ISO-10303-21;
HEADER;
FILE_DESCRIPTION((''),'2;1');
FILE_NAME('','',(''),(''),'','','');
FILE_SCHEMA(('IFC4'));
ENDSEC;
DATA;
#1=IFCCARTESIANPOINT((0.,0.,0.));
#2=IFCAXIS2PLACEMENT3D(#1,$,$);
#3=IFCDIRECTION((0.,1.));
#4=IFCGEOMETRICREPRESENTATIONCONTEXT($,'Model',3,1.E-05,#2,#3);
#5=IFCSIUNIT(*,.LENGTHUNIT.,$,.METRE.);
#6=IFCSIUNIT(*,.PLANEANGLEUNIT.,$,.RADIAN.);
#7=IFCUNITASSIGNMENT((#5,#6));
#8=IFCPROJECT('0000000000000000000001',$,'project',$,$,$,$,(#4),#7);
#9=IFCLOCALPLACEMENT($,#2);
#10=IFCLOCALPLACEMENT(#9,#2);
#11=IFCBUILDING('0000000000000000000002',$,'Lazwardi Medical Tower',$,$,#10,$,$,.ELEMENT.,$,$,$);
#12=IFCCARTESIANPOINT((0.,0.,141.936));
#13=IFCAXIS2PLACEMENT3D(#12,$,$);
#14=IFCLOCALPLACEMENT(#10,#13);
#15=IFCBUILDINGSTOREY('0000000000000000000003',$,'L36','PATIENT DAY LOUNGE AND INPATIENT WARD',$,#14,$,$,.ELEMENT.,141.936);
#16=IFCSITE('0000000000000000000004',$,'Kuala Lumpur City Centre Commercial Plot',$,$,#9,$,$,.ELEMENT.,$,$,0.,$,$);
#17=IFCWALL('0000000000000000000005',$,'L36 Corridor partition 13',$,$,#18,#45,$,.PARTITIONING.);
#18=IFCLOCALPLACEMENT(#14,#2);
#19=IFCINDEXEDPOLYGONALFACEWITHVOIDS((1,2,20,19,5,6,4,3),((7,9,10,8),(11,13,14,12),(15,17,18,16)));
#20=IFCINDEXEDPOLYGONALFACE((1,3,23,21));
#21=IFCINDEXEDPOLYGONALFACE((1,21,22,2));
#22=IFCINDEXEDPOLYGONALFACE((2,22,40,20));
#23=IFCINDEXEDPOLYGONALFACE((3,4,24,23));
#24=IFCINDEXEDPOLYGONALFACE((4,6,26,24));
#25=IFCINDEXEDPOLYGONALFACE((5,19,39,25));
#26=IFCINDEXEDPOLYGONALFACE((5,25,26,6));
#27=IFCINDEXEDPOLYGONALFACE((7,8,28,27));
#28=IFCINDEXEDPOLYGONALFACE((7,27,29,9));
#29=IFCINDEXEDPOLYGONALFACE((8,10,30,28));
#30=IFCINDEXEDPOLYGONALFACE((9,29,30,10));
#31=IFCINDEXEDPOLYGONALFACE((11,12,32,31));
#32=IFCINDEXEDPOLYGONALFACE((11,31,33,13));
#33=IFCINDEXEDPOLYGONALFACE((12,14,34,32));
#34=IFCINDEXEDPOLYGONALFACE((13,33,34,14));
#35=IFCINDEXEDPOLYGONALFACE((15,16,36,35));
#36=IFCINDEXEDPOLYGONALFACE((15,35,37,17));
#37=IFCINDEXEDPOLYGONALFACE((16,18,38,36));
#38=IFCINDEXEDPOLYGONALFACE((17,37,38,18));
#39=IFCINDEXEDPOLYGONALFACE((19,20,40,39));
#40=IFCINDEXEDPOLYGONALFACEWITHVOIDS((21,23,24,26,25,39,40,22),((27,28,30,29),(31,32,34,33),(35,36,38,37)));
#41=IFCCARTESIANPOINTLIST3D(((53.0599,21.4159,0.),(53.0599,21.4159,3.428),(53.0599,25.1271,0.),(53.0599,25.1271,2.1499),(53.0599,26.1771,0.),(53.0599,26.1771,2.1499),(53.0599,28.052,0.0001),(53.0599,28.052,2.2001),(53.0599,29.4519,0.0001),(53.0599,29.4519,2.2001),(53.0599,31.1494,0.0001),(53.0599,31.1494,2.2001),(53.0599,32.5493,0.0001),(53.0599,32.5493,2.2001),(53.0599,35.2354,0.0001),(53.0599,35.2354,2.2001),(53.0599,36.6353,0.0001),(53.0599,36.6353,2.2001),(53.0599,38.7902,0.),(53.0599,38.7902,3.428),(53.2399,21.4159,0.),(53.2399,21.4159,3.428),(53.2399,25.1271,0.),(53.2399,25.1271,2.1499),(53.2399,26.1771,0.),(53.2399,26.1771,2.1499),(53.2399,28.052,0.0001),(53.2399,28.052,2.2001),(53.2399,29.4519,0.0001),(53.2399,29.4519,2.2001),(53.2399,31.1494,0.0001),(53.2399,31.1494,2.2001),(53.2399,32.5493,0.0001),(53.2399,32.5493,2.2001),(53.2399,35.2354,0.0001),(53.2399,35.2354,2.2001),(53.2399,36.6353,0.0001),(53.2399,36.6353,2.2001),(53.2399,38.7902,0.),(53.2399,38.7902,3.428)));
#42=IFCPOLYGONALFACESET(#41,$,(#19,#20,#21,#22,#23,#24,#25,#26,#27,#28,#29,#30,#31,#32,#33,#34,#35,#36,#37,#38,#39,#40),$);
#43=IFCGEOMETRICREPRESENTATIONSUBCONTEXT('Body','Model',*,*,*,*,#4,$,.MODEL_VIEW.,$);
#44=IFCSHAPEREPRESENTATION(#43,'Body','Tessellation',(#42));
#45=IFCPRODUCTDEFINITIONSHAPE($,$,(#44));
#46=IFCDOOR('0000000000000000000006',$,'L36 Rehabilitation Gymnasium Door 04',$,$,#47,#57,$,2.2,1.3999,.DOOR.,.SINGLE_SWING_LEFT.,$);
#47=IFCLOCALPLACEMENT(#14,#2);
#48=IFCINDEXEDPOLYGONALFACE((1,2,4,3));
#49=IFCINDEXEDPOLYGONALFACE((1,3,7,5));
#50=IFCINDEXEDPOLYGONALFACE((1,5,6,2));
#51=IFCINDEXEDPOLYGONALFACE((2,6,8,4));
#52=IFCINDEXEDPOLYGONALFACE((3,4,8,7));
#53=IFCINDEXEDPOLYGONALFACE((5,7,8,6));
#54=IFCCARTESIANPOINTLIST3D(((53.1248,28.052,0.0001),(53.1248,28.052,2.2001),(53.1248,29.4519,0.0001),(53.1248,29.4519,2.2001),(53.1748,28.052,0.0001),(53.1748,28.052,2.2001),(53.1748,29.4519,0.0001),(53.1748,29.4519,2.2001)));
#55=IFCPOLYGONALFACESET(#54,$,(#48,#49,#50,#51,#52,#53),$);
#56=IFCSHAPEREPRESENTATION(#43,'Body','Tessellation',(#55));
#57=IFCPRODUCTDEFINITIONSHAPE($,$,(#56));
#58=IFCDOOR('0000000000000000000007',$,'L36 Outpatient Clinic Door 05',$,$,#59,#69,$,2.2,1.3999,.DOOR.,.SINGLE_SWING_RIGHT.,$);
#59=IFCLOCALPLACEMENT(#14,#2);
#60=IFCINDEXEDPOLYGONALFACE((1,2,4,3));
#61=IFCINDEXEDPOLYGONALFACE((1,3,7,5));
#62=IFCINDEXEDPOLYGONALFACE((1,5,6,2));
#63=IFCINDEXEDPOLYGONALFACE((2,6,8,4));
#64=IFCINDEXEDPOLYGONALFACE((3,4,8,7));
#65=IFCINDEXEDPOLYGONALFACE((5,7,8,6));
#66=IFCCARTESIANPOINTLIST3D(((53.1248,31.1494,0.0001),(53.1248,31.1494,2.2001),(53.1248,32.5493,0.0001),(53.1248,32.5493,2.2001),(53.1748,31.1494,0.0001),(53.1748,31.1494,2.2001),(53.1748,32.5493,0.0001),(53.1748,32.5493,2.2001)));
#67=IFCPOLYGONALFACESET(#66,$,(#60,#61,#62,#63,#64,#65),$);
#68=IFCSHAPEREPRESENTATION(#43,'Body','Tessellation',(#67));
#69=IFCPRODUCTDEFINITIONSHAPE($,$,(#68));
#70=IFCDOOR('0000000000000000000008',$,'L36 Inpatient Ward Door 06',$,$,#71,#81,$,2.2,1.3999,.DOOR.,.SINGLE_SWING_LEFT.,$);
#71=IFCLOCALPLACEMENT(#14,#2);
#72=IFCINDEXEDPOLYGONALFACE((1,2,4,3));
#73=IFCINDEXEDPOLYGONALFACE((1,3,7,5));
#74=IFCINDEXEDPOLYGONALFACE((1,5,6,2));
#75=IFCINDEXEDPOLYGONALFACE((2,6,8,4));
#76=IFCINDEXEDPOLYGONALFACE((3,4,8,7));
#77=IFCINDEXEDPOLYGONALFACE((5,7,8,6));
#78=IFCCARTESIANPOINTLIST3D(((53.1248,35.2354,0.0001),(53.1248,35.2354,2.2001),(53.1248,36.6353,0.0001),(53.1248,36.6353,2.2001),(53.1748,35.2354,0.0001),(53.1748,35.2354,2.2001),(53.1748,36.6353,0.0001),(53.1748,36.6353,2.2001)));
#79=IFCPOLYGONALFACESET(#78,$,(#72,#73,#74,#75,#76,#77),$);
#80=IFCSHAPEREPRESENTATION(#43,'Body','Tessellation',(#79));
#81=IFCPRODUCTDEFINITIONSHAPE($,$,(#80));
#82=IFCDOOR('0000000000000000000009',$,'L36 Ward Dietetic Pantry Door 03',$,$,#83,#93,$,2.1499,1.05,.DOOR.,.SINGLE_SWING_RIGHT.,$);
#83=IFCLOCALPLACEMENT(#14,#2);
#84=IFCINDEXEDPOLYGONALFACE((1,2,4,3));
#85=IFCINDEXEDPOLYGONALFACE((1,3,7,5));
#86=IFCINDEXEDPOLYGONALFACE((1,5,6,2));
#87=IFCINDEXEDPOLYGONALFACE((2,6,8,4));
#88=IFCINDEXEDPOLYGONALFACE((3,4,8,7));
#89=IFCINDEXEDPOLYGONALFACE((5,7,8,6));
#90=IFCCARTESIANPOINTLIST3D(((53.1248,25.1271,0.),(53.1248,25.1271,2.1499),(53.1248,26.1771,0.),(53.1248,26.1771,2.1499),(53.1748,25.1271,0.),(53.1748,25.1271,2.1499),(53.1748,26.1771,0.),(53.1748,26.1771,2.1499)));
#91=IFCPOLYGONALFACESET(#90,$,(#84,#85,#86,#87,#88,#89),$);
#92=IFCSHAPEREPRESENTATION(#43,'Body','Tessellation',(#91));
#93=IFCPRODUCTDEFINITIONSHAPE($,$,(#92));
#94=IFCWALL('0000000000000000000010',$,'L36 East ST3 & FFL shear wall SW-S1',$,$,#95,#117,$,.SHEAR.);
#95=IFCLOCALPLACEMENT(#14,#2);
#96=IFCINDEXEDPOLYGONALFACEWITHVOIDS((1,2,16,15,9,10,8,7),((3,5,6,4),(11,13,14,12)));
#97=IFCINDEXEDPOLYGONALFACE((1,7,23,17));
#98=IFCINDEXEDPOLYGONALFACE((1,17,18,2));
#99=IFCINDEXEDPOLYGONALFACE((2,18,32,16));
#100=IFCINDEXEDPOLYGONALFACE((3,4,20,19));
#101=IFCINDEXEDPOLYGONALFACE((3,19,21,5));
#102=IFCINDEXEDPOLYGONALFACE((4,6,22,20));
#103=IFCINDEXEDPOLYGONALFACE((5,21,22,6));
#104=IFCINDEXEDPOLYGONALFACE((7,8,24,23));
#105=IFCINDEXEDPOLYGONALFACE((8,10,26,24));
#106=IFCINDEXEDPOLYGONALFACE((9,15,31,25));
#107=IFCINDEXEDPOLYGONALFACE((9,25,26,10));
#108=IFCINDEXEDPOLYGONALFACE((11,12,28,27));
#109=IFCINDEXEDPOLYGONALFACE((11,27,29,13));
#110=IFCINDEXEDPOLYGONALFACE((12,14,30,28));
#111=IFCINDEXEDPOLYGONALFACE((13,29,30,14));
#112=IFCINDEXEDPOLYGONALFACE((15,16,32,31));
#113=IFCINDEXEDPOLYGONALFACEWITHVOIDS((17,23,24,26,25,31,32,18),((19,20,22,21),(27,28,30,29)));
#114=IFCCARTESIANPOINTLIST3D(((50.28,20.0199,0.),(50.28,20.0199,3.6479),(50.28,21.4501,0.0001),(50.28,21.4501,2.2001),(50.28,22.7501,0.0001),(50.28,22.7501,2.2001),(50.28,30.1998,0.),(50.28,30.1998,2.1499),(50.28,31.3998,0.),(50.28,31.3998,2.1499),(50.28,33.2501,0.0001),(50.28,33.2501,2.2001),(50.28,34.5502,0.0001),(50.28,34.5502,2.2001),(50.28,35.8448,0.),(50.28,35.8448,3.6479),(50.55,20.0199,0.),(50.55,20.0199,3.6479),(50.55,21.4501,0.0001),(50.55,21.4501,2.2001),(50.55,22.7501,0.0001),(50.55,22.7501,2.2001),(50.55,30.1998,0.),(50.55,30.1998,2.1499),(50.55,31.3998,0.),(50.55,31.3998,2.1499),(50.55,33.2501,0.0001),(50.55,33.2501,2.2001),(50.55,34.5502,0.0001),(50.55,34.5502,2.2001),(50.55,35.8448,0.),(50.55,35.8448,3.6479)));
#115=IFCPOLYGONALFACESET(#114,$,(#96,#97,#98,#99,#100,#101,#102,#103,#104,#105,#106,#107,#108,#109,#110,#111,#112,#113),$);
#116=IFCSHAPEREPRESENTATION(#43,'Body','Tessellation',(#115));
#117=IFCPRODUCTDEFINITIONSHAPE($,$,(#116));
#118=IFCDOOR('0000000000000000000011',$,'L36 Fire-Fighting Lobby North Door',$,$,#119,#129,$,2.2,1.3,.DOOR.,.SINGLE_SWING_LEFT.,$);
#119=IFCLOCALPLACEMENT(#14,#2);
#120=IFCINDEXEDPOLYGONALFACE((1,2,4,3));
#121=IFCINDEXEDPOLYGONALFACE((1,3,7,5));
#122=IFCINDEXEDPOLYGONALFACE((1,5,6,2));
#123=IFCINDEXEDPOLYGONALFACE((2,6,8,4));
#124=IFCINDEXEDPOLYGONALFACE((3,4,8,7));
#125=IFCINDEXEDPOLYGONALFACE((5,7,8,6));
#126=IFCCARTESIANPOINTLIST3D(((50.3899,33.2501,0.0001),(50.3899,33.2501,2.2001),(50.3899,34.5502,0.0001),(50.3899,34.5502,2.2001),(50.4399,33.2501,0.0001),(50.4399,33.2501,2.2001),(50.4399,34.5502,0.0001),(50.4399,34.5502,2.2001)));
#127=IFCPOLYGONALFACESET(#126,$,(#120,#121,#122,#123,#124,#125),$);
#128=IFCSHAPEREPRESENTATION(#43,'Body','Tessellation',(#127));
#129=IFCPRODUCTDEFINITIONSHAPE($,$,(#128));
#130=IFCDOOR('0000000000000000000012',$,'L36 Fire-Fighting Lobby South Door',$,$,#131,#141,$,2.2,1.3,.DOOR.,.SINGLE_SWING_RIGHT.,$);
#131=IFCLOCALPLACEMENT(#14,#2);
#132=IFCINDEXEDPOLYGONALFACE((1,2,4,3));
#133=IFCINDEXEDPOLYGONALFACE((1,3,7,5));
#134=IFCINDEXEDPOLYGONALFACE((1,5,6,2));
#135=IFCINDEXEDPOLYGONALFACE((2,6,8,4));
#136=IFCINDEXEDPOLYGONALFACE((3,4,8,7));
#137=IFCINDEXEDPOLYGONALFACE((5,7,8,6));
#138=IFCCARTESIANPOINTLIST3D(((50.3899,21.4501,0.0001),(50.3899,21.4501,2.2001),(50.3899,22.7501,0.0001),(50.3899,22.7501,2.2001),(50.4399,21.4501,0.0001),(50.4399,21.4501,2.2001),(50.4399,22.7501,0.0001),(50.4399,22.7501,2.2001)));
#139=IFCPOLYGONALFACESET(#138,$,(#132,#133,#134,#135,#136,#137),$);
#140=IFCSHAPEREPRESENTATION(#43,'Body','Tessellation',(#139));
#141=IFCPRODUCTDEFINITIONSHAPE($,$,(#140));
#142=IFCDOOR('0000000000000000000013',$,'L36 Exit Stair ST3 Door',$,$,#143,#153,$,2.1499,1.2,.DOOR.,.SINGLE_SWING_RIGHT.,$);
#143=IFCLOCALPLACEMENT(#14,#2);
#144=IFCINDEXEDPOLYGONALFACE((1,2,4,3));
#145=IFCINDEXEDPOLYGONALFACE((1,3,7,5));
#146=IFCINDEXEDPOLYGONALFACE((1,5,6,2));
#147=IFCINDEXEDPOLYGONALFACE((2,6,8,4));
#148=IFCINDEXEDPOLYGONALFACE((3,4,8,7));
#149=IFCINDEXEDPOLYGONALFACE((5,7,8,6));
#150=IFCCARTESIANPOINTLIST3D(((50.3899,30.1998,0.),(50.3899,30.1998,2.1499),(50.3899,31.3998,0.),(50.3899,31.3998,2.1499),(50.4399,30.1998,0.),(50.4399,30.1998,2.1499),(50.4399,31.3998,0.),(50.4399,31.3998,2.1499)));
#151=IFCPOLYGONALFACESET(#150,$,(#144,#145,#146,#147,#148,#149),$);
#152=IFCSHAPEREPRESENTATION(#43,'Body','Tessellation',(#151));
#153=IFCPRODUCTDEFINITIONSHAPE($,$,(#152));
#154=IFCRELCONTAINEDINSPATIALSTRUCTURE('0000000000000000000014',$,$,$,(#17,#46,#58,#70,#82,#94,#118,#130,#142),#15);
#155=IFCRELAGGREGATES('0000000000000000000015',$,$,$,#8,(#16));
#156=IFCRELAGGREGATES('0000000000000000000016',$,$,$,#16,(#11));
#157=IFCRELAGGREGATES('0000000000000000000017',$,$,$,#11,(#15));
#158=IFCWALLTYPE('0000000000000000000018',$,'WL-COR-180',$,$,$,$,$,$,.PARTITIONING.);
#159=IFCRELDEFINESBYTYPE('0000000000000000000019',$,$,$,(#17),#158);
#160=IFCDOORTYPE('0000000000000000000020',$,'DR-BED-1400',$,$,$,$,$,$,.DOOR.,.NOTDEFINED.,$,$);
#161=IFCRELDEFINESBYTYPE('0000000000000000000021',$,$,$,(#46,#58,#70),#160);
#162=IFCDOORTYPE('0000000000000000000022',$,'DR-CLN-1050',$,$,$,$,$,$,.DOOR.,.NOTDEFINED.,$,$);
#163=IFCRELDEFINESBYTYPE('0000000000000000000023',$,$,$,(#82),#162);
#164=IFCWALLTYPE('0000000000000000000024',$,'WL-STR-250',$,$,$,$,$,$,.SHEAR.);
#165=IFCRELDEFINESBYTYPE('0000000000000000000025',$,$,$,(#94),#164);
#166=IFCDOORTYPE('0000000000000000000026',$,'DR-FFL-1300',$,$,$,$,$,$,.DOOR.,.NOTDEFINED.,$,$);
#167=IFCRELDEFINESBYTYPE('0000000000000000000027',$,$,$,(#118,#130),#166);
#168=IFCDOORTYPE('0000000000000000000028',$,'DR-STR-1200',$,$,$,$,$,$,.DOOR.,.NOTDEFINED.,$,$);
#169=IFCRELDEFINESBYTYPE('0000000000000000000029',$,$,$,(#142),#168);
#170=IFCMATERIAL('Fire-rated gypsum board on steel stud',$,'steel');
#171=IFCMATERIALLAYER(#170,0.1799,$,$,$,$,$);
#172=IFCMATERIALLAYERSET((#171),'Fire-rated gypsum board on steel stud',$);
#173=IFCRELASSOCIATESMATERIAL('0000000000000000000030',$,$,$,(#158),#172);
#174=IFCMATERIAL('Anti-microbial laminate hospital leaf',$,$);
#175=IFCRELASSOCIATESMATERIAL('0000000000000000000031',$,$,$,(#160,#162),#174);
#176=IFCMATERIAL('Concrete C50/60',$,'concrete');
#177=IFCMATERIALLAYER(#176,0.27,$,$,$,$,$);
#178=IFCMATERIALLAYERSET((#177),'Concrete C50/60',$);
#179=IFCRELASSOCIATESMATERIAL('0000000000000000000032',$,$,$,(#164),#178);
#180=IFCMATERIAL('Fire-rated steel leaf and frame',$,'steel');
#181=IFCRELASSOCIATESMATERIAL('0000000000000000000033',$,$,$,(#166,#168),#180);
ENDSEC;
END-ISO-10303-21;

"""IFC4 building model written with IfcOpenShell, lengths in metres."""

from ifc_helpers import new_model, si_unit, direction, frame, frame_2d, origin, place, context, subcontext, project, spatial, rectangle, extrude, material, layer, layer_set, type_object, element, fill, save


model = new_model("IFC4")

# Units and contexts
model_context = context("Model", 3, precision=1e-05, world=origin(), true_north=direction((0.0, 1.0)))
body_context = subcontext(model_context, "Body", "Model", "MODEL_VIEW")
ifc_project = project(units=[si_unit("LENGTHUNIT", "METRE"), si_unit("PLANEANGLEUNIT", "RADIAN")], contexts=[model_context])

# Site, building, storey
site_placement = place(None, origin())
site = spatial("IfcSite", under=ifc_project, at=site_placement, Name="Kuala Lumpur City Centre Commercial Plot", CompositionType="ELEMENT", RefElevation=0.0)
building_placement = place(site_placement, origin())
building = spatial("IfcBuilding", under=site, at=building_placement, Name="Lazwardi Medical Tower", CompositionType="ELEMENT")
storey_placement = place(building_placement, frame((0.0, 0.0, 141.936)))
storey = spatial("IfcBuildingStorey", under=building, at=storey_placement, Name="L36", Description="PATIENT DAY LOUNGE AND INPATIENT WARD", CompositionType="ELEMENT", Elevation=141.936)

# Walls, openings, doors
ifc_material_1 = material(Name="Fire-rated gypsum board on steel stud", Category="steel")
ifc_layer_1 = layer(ifc_material_1, 0.1799)
ifc_layer_set_1 = layer_set([ifc_layer_1], Name="Fire-rated gypsum board on steel stud")
wall_type_1 = type_object("IfcWallType", Name="WL-COR-180", PredefinedType="PARTITIONING", material=ifc_layer_set_1)
wall_1_placement = place(storey_placement, frame((53.1499, 38.79, 0.0), z_axis=(0.0, 0.0, 1.0), x_axis=(0.0, -1.0, 0.0)))
wall_1 = element("IfcWall", 1, at=wall_1_placement, inside=storey, type_object=wall_type_1, Name="L36 Corridor partition 13", PredefinedType="PARTITIONING", context=body_context, shape_type="SweptSolid", body=[
    extrude(rectangle(XDim=17.3743, YDim=0.1799, at=frame_2d((8.687, 0.0))), origin(), (0.0, 0.0, 1.0), 3.428),
])
opening_1_placement = place(wall_1_placement, frame((12.613, 0.0, 0.0)))
opening_1 = element("IfcOpeningElement", 2, at=opening_1_placement, cuts=wall_1, PredefinedType="OPENING", context=body_context, shape_type="SweptSolid", body=[
    extrude(rectangle(XDim=1.05, YDim=2.1499, at=frame_2d((0.5249, 1.075))), frame((0.0, 0.0999, 0.0), z_axis=(0.0, -1.0, 0.0), x_axis=(1.0, 0.0, 0.0)), (0.0, 0.0, 1.0), 0.2),
])
opening_2_placement = place(wall_1_placement, frame((9.3381, 0.0, 0.0)))
opening_2 = element("IfcOpeningElement", 3, at=opening_2_placement, cuts=wall_1, PredefinedType="OPENING", context=body_context, shape_type="SweptSolid", body=[
    extrude(rectangle(XDim=1.3999, YDim=2.2, at=frame_2d((0.7, 1.1001))), frame((0.0, 0.0999, 0.0), z_axis=(0.0, -1.0, 0.0), x_axis=(1.0, 0.0, 0.0)), (0.0, 0.0, 1.0), 0.2),
])
opening_3_placement = place(wall_1_placement, frame((6.2407, 0.0, 0.0)))
opening_3 = element("IfcOpeningElement", 4, at=opening_3_placement, cuts=wall_1, PredefinedType="OPENING", context=body_context, shape_type="SweptSolid", body=[
    extrude(rectangle(XDim=1.3999, YDim=2.2, at=frame_2d((0.7, 1.1001))), frame((0.0, 0.0999, 0.0), z_axis=(0.0, -1.0, 0.0), x_axis=(1.0, 0.0, 0.0)), (0.0, 0.0, 1.0), 0.2),
])
opening_4_placement = place(wall_1_placement, frame((2.1548, 0.0, 0.0)))
opening_4 = element("IfcOpeningElement", 5, at=opening_4_placement, cuts=wall_1, PredefinedType="OPENING", context=body_context, shape_type="SweptSolid", body=[
    extrude(rectangle(XDim=1.3999, YDim=2.2, at=frame_2d((0.7, 1.1001))), frame((0.0, 0.0999, 0.0), z_axis=(0.0, -1.0, 0.0), x_axis=(1.0, 0.0, 0.0)), (0.0, 0.0, 1.0), 0.2),
])
ifc_material_2 = material(Name="Anti-microbial laminate hospital leaf")
door_type_1 = type_object("IfcDoorType", Name="DR-BED-1400", OperationType="NOTDEFINED", PredefinedType="DOOR", material=ifc_material_2)
door_1_placement = place(opening_2_placement, origin())
door_1 = element("IfcDoor", 6, at=door_1_placement, inside=storey, type_object=door_type_1, Name="L36 Rehabilitation Gymnasium Door 04", OperationType="SINGLE_SWING_LEFT", OverallHeight=2.2, OverallWidth=1.3999, PredefinedType="DOOR", context=body_context, shape_type="SweptSolid", body=[
    extrude(rectangle(XDim=1.3999, YDim=2.2, at=frame_2d((0.7, 1.1001))), frame((0.0, 0.0249, 0.0), z_axis=(0.0, -1.0, 0.0), x_axis=(1.0, 0.0, 0.0)), (0.0, 0.0, 1.0), 0.05),
])
fill(opening_2, door_1)
door_2_placement = place(opening_3_placement, origin())
door_2 = element("IfcDoor", 7, at=door_2_placement, inside=storey, type_object=door_type_1, Name="L36 Outpatient Clinic Door 05", OperationType="SINGLE_SWING_RIGHT", OverallHeight=2.2, OverallWidth=1.3999, PredefinedType="DOOR", context=body_context, shape_type="SweptSolid", body=[
    extrude(rectangle(XDim=1.3999, YDim=2.2, at=frame_2d((0.7, 1.1001))), frame((0.0, 0.0249, 0.0), z_axis=(0.0, -1.0, 0.0), x_axis=(1.0, 0.0, 0.0)), (0.0, 0.0, 1.0), 0.05),
])
fill(opening_3, door_2)
door_3_placement = place(opening_4_placement, origin())
door_3 = element("IfcDoor", 8, at=door_3_placement, inside=storey, type_object=door_type_1, Name="L36 Inpatient Ward Door 06", OperationType="SINGLE_SWING_LEFT", OverallHeight=2.2, OverallWidth=1.3999, PredefinedType="DOOR", context=body_context, shape_type="SweptSolid", body=[
    extrude(rectangle(XDim=1.3999, YDim=2.2, at=frame_2d((0.7, 1.1001))), frame((0.0, 0.0249, 0.0), z_axis=(0.0, -1.0, 0.0), x_axis=(1.0, 0.0, 0.0)), (0.0, 0.0, 1.0), 0.05),
])
fill(opening_4, door_3)
door_type_2 = type_object("IfcDoorType", Name="DR-CLN-1050", OperationType="NOTDEFINED", PredefinedType="DOOR", material=ifc_material_2)
door_4_placement = place(opening_1_placement, origin())
door_4 = element("IfcDoor", 9, at=door_4_placement, inside=storey, type_object=door_type_2, Name="L36 Ward Dietetic Pantry Door 03", OperationType="SINGLE_SWING_RIGHT", OverallHeight=2.1499, OverallWidth=1.05, PredefinedType="DOOR", context=body_context, shape_type="SweptSolid", body=[
    extrude(rectangle(XDim=1.05, YDim=2.1499, at=frame_2d((0.5249, 1.075))), frame((0.0, 0.0249, 0.0), z_axis=(0.0, -1.0, 0.0), x_axis=(1.0, 0.0, 0.0)), (0.0, 0.0, 1.0), 0.05),
])
fill(opening_1, door_4)
ifc_material_3 = material(Name="Concrete C50/60", Category="concrete")
ifc_layer_2 = layer(ifc_material_3, 0.27)
ifc_layer_set_2 = layer_set([ifc_layer_2], Name="Concrete C50/60")
wall_type_2 = type_object("IfcWallType", Name="WL-STR-250", PredefinedType="SHEAR", material=ifc_layer_set_2)
wall_2_placement = place(storey_placement, frame((50.415, 35.845, 0.0), z_axis=(0.0, 0.0, 1.0), x_axis=(0.0, -1.0, 0.0)))
wall_2 = element("IfcWall", 10, at=wall_2_placement, inside=storey, type_object=wall_type_2, Name="L36 East ST3 & FFL shear wall SW-S1", PredefinedType="SHEAR", context=body_context, shape_type="SweptSolid", body=[
    extrude(rectangle(XDim=15.825, YDim=0.27, at=frame_2d((7.9126, 0.0))), origin(), (0.0, 0.0, 1.0), 3.6479),
])
opening_5_placement = place(wall_2_placement, frame((4.4451, 0.0, 0.0)))
opening_5 = element("IfcOpeningElement", 11, at=opening_5_placement, cuts=wall_2, PredefinedType="OPENING", context=body_context, shape_type="SweptSolid", body=[
    extrude(rectangle(XDim=1.2, YDim=2.1499, at=frame_2d((0.6001, 1.075))), frame((0.0, 0.145, 0.0), z_axis=(0.0, -1.0, 0.0), x_axis=(1.0, 0.0, 0.0)), (0.0, 0.0, 1.0), 0.29),
])
opening_6_placement = place(wall_2_placement, frame((1.2949, 0.0, 0.0)))
opening_6 = element("IfcOpeningElement", 12, at=opening_6_placement, cuts=wall_2, PredefinedType="OPENING", context=body_context, shape_type="SweptSolid", body=[
    extrude(rectangle(XDim=1.3, YDim=2.2, at=frame_2d((0.6499, 1.1001))), frame((0.0, 0.145, 0.0), z_axis=(0.0, -1.0, 0.0), x_axis=(1.0, 0.0, 0.0)), (0.0, 0.0, 1.0), 0.29),
])
opening_7_placement = place(wall_2_placement, frame((13.095, 0.0, 0.0)))
opening_7 = element("IfcOpeningElement", 13, at=opening_7_placement, cuts=wall_2, PredefinedType="OPENING", context=body_context, shape_type="SweptSolid", body=[
    extrude(rectangle(XDim=1.3, YDim=2.2, at=frame_2d((0.6499, 1.1001))), frame((0.0, 0.145, 0.0), z_axis=(0.0, -1.0, 0.0), x_axis=(1.0, 0.0, 0.0)), (0.0, 0.0, 1.0), 0.29),
])
ifc_material_4 = material(Name="Fire-rated steel leaf and frame", Category="steel")
door_type_3 = type_object("IfcDoorType", Name="DR-FFL-1300", OperationType="NOTDEFINED", PredefinedType="DOOR", material=ifc_material_4)
door_5_placement = place(opening_6_placement, origin())
door_5 = element("IfcDoor", 14, at=door_5_placement, inside=storey, type_object=door_type_3, Name="L36 Fire-Fighting Lobby North Door", OperationType="SINGLE_SWING_LEFT", OverallHeight=2.2, OverallWidth=1.3, PredefinedType="DOOR", context=body_context, shape_type="SweptSolid", body=[
    extrude(rectangle(XDim=1.3, YDim=2.2, at=frame_2d((0.6499, 1.1001))), frame((0.0, 0.0249, 0.0), z_axis=(0.0, -1.0, 0.0), x_axis=(1.0, 0.0, 0.0)), (0.0, 0.0, 1.0), 0.05),
])
fill(opening_6, door_5)
door_6_placement = place(opening_7_placement, origin())
door_6 = element("IfcDoor", 15, at=door_6_placement, inside=storey, type_object=door_type_3, Name="L36 Fire-Fighting Lobby South Door", OperationType="SINGLE_SWING_RIGHT", OverallHeight=2.2, OverallWidth=1.3, PredefinedType="DOOR", context=body_context, shape_type="SweptSolid", body=[
    extrude(rectangle(XDim=1.3, YDim=2.2, at=frame_2d((0.6499, 1.1001))), frame((0.0, 0.0249, 0.0), z_axis=(0.0, -1.0, 0.0), x_axis=(1.0, 0.0, 0.0)), (0.0, 0.0, 1.0), 0.05),
])
fill(opening_7, door_6)
door_type_4 = type_object("IfcDoorType", Name="DR-STR-1200", OperationType="NOTDEFINED", PredefinedType="DOOR", material=ifc_material_4)
door_7_placement = place(opening_5_placement, origin())
door_7 = element("IfcDoor", 16, at=door_7_placement, inside=storey, type_object=door_type_4, Name="L36 Exit Stair ST3 Door", OperationType="SINGLE_SWING_RIGHT", OverallHeight=2.1499, OverallWidth=1.2, PredefinedType="DOOR", context=body_context, shape_type="SweptSolid", body=[
    extrude(rectangle(XDim=1.2, YDim=2.1499, at=frame_2d((0.6001, 1.075))), frame((0.0, 0.0249, 0.0), z_axis=(0.0, -1.0, 0.0), x_axis=(1.0, 0.0, 0.0)), (0.0, 0.0, 1.0), 0.05),
])
fill(opening_5, door_7)

save(model, "model.ifc")
